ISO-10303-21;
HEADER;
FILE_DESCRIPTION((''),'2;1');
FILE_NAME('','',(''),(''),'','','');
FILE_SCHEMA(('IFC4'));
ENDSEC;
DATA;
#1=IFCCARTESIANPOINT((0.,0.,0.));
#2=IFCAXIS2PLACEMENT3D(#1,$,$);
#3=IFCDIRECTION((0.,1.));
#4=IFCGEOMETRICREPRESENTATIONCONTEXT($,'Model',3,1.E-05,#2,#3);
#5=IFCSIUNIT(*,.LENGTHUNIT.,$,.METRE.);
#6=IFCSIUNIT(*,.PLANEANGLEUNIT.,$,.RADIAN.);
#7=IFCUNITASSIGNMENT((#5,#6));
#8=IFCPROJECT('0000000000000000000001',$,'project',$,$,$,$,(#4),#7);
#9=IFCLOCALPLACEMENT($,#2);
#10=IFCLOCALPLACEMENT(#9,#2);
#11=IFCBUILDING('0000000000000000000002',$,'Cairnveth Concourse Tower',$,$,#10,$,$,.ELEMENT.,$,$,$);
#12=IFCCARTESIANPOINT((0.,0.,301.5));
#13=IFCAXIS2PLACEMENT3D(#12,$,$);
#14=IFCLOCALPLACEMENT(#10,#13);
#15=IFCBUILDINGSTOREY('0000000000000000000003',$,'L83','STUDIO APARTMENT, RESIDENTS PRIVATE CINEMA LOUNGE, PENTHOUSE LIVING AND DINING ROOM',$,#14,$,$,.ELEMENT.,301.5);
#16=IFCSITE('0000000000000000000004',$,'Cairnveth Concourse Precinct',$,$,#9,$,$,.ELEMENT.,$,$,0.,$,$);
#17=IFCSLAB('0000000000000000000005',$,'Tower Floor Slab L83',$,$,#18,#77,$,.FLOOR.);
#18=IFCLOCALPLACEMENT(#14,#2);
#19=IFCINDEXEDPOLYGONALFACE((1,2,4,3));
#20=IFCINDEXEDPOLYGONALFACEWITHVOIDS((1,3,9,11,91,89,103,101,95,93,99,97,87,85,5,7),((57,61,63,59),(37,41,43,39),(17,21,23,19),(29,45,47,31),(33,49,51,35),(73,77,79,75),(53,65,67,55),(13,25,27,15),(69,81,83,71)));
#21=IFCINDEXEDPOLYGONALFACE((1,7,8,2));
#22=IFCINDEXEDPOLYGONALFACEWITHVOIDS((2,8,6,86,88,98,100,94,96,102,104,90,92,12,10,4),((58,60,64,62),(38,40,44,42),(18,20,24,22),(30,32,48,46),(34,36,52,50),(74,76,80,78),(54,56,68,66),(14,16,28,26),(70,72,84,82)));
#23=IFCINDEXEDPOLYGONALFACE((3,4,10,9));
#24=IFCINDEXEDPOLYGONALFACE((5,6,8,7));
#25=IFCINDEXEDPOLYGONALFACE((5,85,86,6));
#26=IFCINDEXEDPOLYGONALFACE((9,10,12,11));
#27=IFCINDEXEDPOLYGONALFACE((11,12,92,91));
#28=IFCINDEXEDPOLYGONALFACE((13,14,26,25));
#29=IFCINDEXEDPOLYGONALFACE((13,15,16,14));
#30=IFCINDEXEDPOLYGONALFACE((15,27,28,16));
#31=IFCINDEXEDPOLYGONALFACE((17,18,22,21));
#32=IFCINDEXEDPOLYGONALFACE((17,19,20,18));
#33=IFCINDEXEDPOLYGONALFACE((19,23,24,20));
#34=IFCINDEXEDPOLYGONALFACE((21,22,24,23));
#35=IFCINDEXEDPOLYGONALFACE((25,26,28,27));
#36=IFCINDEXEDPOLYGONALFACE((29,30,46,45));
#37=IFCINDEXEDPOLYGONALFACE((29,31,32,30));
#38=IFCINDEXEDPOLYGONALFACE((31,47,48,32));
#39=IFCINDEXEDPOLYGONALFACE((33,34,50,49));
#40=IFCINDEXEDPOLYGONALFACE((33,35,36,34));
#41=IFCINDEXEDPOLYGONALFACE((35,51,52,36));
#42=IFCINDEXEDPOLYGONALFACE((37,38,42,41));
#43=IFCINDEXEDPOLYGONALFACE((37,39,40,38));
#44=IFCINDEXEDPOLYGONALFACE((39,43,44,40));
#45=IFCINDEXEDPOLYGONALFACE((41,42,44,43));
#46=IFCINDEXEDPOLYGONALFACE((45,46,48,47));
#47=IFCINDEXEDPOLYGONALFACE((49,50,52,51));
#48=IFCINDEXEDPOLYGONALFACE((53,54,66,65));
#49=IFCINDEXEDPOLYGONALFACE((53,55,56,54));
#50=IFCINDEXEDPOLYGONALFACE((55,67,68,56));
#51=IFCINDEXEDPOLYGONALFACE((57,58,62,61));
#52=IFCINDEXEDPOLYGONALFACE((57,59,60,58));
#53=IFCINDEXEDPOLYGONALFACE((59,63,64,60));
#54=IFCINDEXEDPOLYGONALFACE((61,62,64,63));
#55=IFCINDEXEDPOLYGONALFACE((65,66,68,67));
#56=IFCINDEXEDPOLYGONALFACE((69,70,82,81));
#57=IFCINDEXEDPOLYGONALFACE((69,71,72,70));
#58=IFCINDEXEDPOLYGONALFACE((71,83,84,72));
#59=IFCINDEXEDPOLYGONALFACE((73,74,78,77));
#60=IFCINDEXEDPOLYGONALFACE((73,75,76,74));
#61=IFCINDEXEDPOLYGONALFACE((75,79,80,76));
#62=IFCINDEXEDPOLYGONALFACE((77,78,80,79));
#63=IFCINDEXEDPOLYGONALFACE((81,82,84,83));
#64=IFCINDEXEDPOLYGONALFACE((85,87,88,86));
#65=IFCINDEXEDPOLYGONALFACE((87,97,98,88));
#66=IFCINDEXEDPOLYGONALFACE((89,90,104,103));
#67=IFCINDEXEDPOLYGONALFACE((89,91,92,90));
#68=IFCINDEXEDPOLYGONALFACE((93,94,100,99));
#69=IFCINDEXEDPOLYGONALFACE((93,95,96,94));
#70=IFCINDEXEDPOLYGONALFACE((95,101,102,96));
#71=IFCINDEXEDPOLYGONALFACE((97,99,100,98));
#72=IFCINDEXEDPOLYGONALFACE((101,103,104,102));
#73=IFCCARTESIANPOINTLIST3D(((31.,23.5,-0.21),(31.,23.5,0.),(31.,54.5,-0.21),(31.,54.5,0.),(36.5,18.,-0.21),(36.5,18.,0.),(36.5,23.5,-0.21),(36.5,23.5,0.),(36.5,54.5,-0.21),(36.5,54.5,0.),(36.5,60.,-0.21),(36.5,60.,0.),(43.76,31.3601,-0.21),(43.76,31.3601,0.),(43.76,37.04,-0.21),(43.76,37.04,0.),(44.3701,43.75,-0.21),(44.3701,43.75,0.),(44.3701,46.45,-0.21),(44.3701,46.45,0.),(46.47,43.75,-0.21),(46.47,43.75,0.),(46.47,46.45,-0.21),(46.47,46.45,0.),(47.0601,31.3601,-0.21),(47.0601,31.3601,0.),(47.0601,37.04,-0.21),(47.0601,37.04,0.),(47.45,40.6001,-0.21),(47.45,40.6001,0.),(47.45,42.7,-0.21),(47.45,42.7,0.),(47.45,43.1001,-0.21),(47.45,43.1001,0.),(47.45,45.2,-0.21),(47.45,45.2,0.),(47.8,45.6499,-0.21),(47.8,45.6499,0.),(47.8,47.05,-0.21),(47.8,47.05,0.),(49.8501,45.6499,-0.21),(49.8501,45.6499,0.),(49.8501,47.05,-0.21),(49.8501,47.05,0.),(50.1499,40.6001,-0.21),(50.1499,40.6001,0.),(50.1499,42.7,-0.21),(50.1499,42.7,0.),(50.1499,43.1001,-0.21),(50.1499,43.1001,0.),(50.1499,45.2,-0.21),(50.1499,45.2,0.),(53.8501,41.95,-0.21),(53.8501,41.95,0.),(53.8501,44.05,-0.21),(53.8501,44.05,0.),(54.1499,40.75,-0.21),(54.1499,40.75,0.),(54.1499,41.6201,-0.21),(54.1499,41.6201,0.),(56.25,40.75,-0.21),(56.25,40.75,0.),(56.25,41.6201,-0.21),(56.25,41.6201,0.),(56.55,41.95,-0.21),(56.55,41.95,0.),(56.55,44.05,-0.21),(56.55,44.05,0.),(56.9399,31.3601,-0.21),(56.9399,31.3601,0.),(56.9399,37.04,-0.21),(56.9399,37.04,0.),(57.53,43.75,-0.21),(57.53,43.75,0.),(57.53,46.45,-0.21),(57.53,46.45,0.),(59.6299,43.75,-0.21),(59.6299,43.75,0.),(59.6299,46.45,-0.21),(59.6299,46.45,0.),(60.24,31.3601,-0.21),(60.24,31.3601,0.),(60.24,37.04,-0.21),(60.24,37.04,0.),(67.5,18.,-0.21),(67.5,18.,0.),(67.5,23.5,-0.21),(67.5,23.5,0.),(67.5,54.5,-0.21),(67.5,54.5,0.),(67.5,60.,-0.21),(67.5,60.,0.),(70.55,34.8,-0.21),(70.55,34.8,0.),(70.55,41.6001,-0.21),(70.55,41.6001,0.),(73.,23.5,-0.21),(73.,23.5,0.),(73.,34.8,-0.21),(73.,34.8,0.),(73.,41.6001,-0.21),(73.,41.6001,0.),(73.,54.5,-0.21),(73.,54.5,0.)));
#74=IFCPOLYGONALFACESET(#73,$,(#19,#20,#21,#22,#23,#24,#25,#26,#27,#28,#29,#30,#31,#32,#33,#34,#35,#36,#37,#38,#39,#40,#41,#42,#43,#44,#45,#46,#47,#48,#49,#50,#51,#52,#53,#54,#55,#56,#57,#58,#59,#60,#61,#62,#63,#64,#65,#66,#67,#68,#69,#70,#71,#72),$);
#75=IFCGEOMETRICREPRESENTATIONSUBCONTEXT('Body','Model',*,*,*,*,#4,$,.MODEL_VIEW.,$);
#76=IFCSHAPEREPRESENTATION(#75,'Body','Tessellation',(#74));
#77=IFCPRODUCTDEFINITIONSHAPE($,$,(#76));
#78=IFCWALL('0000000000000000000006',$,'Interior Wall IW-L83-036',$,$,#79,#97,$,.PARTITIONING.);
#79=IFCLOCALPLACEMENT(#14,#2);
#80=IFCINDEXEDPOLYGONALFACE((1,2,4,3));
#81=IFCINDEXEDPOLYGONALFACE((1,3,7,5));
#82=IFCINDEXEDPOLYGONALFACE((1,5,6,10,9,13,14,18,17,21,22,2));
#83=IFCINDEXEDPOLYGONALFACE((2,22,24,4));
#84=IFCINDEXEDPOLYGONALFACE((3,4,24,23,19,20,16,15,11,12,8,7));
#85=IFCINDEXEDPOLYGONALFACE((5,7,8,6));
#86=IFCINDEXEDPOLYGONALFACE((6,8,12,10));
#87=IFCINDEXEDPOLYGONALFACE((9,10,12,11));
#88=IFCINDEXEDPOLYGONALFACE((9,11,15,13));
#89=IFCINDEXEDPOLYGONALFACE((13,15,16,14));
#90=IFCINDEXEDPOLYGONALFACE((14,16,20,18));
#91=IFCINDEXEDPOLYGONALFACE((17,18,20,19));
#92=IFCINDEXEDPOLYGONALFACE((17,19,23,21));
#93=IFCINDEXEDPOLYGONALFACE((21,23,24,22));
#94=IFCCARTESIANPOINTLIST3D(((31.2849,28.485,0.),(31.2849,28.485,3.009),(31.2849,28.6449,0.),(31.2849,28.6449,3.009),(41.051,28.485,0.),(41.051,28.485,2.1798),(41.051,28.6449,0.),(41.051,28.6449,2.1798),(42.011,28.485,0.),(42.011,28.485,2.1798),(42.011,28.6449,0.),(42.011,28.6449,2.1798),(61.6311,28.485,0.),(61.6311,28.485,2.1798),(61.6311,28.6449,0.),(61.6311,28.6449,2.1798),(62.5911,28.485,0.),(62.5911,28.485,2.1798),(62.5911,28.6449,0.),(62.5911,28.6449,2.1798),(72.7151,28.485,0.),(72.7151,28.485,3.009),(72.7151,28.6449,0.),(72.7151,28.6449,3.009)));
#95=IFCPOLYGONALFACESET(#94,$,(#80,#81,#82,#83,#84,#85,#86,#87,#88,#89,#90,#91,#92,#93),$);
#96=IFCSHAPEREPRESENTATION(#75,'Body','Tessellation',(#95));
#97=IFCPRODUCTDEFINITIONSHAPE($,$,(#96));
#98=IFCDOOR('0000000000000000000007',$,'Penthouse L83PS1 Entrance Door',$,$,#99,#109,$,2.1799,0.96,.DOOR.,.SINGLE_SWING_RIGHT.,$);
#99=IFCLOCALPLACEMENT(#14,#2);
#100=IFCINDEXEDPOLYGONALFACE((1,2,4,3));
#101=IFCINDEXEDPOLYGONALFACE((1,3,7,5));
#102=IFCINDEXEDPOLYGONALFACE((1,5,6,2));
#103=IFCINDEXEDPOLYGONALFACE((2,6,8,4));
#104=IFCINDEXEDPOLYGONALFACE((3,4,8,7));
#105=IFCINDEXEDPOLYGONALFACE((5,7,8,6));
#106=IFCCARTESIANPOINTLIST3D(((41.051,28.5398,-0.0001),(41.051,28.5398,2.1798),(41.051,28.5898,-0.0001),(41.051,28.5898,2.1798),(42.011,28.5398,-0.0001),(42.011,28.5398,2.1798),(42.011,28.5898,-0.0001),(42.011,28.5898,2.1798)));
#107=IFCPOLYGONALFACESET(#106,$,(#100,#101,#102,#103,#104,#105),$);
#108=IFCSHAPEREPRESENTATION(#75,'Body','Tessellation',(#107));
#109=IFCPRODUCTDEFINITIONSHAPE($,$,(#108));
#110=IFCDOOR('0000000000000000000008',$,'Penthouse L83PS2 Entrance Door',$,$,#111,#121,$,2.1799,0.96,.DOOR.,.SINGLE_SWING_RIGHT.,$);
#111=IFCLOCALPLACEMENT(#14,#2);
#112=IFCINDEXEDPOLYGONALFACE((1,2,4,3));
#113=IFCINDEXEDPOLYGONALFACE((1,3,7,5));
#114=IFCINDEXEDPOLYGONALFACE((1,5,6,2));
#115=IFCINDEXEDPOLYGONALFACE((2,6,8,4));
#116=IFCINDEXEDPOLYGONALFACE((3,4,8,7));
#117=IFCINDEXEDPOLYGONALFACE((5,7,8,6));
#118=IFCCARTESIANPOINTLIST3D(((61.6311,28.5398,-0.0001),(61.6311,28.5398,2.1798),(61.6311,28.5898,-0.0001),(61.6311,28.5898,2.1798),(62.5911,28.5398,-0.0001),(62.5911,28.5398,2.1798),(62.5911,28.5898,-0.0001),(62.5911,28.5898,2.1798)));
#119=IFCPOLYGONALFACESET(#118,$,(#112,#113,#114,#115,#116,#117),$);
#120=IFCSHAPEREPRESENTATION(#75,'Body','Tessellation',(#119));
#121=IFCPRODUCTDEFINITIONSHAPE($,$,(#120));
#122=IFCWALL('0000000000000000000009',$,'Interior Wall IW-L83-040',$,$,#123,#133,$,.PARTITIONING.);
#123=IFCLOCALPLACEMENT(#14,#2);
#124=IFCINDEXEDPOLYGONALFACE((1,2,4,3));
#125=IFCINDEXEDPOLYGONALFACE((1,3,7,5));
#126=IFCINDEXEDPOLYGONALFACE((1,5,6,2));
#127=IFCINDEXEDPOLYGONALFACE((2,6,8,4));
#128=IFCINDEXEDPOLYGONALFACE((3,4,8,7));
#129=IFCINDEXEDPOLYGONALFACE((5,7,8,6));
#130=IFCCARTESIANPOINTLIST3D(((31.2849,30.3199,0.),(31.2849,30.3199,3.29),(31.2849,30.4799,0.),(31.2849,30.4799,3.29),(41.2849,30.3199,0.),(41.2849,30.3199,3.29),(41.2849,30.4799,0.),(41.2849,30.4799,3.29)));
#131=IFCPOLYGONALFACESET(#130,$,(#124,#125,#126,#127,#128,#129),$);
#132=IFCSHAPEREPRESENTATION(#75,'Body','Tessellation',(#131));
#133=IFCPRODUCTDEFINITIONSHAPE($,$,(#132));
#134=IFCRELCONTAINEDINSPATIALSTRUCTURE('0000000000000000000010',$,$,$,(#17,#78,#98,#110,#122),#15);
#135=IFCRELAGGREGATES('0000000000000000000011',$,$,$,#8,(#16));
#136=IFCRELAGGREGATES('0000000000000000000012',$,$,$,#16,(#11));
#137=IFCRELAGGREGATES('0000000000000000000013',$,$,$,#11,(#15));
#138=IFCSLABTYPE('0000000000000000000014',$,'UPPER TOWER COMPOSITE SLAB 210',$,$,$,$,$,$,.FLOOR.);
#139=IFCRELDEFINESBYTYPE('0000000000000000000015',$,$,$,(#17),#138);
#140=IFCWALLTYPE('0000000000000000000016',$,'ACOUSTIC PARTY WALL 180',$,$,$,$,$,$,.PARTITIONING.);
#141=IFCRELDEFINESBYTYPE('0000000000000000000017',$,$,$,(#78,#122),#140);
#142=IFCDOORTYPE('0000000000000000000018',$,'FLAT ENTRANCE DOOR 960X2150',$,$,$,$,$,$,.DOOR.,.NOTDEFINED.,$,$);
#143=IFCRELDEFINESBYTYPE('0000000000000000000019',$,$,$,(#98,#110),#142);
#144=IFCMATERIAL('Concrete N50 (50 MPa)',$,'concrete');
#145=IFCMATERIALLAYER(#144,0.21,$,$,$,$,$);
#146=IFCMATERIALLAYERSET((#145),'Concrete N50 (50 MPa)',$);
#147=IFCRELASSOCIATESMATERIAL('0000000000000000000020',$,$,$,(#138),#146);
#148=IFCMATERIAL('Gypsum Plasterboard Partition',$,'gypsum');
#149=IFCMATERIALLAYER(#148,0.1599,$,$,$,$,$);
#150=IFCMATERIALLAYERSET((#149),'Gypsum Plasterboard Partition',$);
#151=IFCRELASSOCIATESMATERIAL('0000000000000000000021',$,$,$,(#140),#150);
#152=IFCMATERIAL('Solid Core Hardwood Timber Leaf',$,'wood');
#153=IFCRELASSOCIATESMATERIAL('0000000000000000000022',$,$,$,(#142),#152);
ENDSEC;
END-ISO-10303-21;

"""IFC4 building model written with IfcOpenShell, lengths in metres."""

from ifc_helpers import new_model, si_unit, direction, frame, frame_2d, origin, place, context, subcontext, project, spatial, polyline, rectangle, outline, extrude, material, layer, layer_set, type_object, element, fill, save


model = new_model("IFC4")

# Units and contexts
model_context = context("Model", 3, precision=1e-05, world=origin(), true_north=direction((0.0, 1.0)))
body_context = subcontext(model_context, "Body", "Model", "MODEL_VIEW")
ifc_project = project(units=[si_unit("LENGTHUNIT", "METRE"), si_unit("PLANEANGLEUNIT", "RADIAN")], contexts=[model_context])

# Site, building, storey
site_placement = place(None, origin())
site = spatial("IfcSite", under=ifc_project, at=site_placement, Name="Cairnveth Concourse Precinct", CompositionType="ELEMENT", RefElevation=0.0)
building_placement = place(site_placement, origin())
building = spatial("IfcBuilding", under=site, at=building_placement, Name="Cairnveth Concourse Tower", CompositionType="ELEMENT")
storey_placement = place(building_placement, frame((0.0, 0.0, 301.5)))
storey = spatial("IfcBuildingStorey", under=building, at=storey_placement, Name="L83", Description="STUDIO APARTMENT, RESIDENTS PRIVATE CINEMA LOUNGE, PENTHOUSE LIVING AND DINING ROOM", CompositionType="ELEMENT", Elevation=301.5)

# Shared definitions
ifc_material_1 = material(Name="Concrete N50 (50 MPa)", Category="concrete")

# Slab
ifc_layer_1 = layer(ifc_material_1, 0.21)
ifc_layer_set_1 = layer_set([ifc_layer_1], Name="Concrete N50 (50 MPa)")
slab_type_1 = type_object("IfcSlabType", Name="UPPER TOWER COMPOSITE SLAB 210", PredefinedType="FLOOR", material=ifc_layer_set_1)
slab_1_placement = place(storey_placement, frame((0.0, 0.0, -0.21)))
element("IfcSlab", 1, at=slab_1_placement, inside=storey, type_object=slab_type_1, Name="Tower Floor Slab L83", PredefinedType="FLOOR", context=body_context, shape_type="SweptSolid", body=[
    extrude(outline(polyline([(73.0, 34.8), (70.55, 34.8), (70.55, 41.6001), (73.0, 41.6001), (73.0, 54.5), (67.5, 54.5), (67.5, 60.0), (36.5, 60.0), (36.5, 54.5), (31.0, 54.5), (31.0, 23.5), (36.5, 23.5), (36.5, 18.0), (67.5, 18.0), (67.5, 23.5), (73.0, 23.5), (73.0, 34.8)]), holes=[polyline([(43.76, 31.3601), (47.0601, 31.3601), (47.0601, 37.04), (43.76, 37.04), (43.76, 31.3601)]), polyline([(56.9399, 31.3601), (60.24, 31.3601), (60.24, 37.04), (56.9399, 37.04), (56.9399, 31.3601)]), polyline([(44.3701, 43.75), (46.47, 43.75), (46.47, 46.45), (44.3701, 46.45), (44.3701, 43.75)]), polyline([(57.53, 43.75), (59.6299, 43.75), (59.6299, 46.45), (57.53, 46.45), (57.53, 43.75)]), polyline([(47.45, 40.6001), (50.1499, 40.6001), (50.1499, 42.7), (47.45, 42.7), (47.45, 40.6001)]), polyline([(47.45, 43.1001), (50.1499, 43.1001), (50.1499, 45.2), (47.45, 45.2), (47.45, 43.1001)]), polyline([(53.8501, 41.95), (56.55, 41.95), (56.55, 44.05), (53.8501, 44.05), (53.8501, 41.95)]), polyline([(47.8, 45.6499), (49.8501, 45.6499), (49.8501, 47.05), (47.8, 47.05), (47.8, 45.6499)]), polyline([(54.1499, 40.75), (56.25, 40.75), (56.25, 41.6201), (54.1499, 41.6201), (54.1499, 40.75)])]), origin(), (0.0, 0.0, 1.0), 0.21),
])

# Wall, openings, doors
ifc_material_2 = material(Name="Gypsum Plasterboard Partition", Category="gypsum")
ifc_layer_2 = layer(ifc_material_2, 0.1599)
ifc_layer_set_2 = layer_set([ifc_layer_2], Name="Gypsum Plasterboard Partition")
wall_type_1 = type_object("IfcWallType", Name="ACOUSTIC PARTY WALL 180", PredefinedType="PARTITIONING", material=ifc_layer_set_2)
wall_1_placement = place(storey_placement, frame((31.2849, 28.5649, 0.0), z_axis=(0.0, 0.0, 1.0), x_axis=(1.0, 0.0, 0.0)))
wall_1 = element("IfcWall", 2, at=wall_1_placement, inside=storey, type_object=wall_type_1, Name="Interior Wall IW-L83-036", PredefinedType="PARTITIONING", context=body_context, shape_type="SweptSolid", body=[
    extrude(rectangle(XDim=41.4302, YDim=0.1599, at=frame_2d((20.7151, 0.0))), origin(), (0.0, 0.0, 1.0), 3.009),
])
opening_1_placement = place(wall_1_placement, frame((9.7661, 0.0, 0.0)))
opening_1 = element("IfcOpeningElement", 3, at=opening_1_placement, cuts=wall_1, PredefinedType="OPENING", context=body_context, shape_type="SweptSolid", body=[
    extrude(rectangle(XDim=0.96, YDim=2.1799, at=frame_2d((0.48, 1.0898))), frame((0.0, 0.0898, 0.0), z_axis=(0.0, -1.0, 0.0), x_axis=(1.0, 0.0, 0.0)), (0.0, 0.0, 1.0), 0.1799),
])
opening_2_placement = place(wall_1_placement, frame((30.3462, 0.0, 0.0)))
opening_2 = element("IfcOpeningElement", 4, at=opening_2_placement, cuts=wall_1, PredefinedType="OPENING", context=body_context, shape_type="SweptSolid", body=[
    extrude(rectangle(XDim=0.96, YDim=2.1799, at=frame_2d((0.48, 1.0898))), frame((0.0, 0.0898, 0.0), z_axis=(0.0, -1.0, 0.0), x_axis=(1.0, 0.0, 0.0)), (0.0, 0.0, 1.0), 0.1799),
])
ifc_material_3 = material(Name="Solid Core Hardwood Timber Leaf", Category="wood")
door_type = type_object("IfcDoorType", Name="FLAT ENTRANCE DOOR 960X2150", OperationType="NOTDEFINED", PredefinedType="DOOR", material=ifc_material_3)
door_1_placement = place(opening_1_placement, origin())
door_1 = element("IfcDoor", 5, at=door_1_placement, inside=storey, type_object=door_type, Name="Penthouse L83PS1 Entrance Door", OperationType="SINGLE_SWING_RIGHT", OverallHeight=2.1799, OverallWidth=0.96, PredefinedType="DOOR", context=body_context, shape_type="SweptSolid", body=[
    extrude(rectangle(XDim=0.96, YDim=2.1799, at=frame_2d((0.48, 1.0898))), frame((0.0, 0.0249, 0.0), z_axis=(0.0, -1.0, 0.0), x_axis=(1.0, 0.0, 0.0)), (0.0, 0.0, 1.0), 0.05),
])
fill(opening_1, door_1)
door_2_placement = place(opening_2_placement, origin())
door_2 = element("IfcDoor", 6, at=door_2_placement, inside=storey, type_object=door_type, Name="Penthouse L83PS2 Entrance Door", OperationType="SINGLE_SWING_RIGHT", OverallHeight=2.1799, OverallWidth=0.96, PredefinedType="DOOR", context=body_context, shape_type="SweptSolid", body=[
    extrude(rectangle(XDim=0.96, YDim=2.1799, at=frame_2d((0.48, 1.0898))), frame((0.0, 0.0249, 0.0), z_axis=(0.0, -1.0, 0.0), x_axis=(1.0, 0.0, 0.0)), (0.0, 0.0, 1.0), 0.05),
])
fill(opening_2, door_2)

# Wall
wall_2_placement = place(storey_placement, frame((31.2849, 30.3999, 0.0), z_axis=(0.0, 0.0, 1.0), x_axis=(1.0, 0.0, 0.0)))
element("IfcWall", 7, at=wall_2_placement, inside=storey, type_object=wall_type_1, Name="Interior Wall IW-L83-040", PredefinedType="PARTITIONING", context=body_context, shape_type="SweptSolid", body=[
    extrude(rectangle(XDim=10.0, YDim=0.1599, at=frame_2d((5.0, 0.0))), origin(), (0.0, 0.0, 1.0), 3.29),
])

save(model, "model.ifc")
